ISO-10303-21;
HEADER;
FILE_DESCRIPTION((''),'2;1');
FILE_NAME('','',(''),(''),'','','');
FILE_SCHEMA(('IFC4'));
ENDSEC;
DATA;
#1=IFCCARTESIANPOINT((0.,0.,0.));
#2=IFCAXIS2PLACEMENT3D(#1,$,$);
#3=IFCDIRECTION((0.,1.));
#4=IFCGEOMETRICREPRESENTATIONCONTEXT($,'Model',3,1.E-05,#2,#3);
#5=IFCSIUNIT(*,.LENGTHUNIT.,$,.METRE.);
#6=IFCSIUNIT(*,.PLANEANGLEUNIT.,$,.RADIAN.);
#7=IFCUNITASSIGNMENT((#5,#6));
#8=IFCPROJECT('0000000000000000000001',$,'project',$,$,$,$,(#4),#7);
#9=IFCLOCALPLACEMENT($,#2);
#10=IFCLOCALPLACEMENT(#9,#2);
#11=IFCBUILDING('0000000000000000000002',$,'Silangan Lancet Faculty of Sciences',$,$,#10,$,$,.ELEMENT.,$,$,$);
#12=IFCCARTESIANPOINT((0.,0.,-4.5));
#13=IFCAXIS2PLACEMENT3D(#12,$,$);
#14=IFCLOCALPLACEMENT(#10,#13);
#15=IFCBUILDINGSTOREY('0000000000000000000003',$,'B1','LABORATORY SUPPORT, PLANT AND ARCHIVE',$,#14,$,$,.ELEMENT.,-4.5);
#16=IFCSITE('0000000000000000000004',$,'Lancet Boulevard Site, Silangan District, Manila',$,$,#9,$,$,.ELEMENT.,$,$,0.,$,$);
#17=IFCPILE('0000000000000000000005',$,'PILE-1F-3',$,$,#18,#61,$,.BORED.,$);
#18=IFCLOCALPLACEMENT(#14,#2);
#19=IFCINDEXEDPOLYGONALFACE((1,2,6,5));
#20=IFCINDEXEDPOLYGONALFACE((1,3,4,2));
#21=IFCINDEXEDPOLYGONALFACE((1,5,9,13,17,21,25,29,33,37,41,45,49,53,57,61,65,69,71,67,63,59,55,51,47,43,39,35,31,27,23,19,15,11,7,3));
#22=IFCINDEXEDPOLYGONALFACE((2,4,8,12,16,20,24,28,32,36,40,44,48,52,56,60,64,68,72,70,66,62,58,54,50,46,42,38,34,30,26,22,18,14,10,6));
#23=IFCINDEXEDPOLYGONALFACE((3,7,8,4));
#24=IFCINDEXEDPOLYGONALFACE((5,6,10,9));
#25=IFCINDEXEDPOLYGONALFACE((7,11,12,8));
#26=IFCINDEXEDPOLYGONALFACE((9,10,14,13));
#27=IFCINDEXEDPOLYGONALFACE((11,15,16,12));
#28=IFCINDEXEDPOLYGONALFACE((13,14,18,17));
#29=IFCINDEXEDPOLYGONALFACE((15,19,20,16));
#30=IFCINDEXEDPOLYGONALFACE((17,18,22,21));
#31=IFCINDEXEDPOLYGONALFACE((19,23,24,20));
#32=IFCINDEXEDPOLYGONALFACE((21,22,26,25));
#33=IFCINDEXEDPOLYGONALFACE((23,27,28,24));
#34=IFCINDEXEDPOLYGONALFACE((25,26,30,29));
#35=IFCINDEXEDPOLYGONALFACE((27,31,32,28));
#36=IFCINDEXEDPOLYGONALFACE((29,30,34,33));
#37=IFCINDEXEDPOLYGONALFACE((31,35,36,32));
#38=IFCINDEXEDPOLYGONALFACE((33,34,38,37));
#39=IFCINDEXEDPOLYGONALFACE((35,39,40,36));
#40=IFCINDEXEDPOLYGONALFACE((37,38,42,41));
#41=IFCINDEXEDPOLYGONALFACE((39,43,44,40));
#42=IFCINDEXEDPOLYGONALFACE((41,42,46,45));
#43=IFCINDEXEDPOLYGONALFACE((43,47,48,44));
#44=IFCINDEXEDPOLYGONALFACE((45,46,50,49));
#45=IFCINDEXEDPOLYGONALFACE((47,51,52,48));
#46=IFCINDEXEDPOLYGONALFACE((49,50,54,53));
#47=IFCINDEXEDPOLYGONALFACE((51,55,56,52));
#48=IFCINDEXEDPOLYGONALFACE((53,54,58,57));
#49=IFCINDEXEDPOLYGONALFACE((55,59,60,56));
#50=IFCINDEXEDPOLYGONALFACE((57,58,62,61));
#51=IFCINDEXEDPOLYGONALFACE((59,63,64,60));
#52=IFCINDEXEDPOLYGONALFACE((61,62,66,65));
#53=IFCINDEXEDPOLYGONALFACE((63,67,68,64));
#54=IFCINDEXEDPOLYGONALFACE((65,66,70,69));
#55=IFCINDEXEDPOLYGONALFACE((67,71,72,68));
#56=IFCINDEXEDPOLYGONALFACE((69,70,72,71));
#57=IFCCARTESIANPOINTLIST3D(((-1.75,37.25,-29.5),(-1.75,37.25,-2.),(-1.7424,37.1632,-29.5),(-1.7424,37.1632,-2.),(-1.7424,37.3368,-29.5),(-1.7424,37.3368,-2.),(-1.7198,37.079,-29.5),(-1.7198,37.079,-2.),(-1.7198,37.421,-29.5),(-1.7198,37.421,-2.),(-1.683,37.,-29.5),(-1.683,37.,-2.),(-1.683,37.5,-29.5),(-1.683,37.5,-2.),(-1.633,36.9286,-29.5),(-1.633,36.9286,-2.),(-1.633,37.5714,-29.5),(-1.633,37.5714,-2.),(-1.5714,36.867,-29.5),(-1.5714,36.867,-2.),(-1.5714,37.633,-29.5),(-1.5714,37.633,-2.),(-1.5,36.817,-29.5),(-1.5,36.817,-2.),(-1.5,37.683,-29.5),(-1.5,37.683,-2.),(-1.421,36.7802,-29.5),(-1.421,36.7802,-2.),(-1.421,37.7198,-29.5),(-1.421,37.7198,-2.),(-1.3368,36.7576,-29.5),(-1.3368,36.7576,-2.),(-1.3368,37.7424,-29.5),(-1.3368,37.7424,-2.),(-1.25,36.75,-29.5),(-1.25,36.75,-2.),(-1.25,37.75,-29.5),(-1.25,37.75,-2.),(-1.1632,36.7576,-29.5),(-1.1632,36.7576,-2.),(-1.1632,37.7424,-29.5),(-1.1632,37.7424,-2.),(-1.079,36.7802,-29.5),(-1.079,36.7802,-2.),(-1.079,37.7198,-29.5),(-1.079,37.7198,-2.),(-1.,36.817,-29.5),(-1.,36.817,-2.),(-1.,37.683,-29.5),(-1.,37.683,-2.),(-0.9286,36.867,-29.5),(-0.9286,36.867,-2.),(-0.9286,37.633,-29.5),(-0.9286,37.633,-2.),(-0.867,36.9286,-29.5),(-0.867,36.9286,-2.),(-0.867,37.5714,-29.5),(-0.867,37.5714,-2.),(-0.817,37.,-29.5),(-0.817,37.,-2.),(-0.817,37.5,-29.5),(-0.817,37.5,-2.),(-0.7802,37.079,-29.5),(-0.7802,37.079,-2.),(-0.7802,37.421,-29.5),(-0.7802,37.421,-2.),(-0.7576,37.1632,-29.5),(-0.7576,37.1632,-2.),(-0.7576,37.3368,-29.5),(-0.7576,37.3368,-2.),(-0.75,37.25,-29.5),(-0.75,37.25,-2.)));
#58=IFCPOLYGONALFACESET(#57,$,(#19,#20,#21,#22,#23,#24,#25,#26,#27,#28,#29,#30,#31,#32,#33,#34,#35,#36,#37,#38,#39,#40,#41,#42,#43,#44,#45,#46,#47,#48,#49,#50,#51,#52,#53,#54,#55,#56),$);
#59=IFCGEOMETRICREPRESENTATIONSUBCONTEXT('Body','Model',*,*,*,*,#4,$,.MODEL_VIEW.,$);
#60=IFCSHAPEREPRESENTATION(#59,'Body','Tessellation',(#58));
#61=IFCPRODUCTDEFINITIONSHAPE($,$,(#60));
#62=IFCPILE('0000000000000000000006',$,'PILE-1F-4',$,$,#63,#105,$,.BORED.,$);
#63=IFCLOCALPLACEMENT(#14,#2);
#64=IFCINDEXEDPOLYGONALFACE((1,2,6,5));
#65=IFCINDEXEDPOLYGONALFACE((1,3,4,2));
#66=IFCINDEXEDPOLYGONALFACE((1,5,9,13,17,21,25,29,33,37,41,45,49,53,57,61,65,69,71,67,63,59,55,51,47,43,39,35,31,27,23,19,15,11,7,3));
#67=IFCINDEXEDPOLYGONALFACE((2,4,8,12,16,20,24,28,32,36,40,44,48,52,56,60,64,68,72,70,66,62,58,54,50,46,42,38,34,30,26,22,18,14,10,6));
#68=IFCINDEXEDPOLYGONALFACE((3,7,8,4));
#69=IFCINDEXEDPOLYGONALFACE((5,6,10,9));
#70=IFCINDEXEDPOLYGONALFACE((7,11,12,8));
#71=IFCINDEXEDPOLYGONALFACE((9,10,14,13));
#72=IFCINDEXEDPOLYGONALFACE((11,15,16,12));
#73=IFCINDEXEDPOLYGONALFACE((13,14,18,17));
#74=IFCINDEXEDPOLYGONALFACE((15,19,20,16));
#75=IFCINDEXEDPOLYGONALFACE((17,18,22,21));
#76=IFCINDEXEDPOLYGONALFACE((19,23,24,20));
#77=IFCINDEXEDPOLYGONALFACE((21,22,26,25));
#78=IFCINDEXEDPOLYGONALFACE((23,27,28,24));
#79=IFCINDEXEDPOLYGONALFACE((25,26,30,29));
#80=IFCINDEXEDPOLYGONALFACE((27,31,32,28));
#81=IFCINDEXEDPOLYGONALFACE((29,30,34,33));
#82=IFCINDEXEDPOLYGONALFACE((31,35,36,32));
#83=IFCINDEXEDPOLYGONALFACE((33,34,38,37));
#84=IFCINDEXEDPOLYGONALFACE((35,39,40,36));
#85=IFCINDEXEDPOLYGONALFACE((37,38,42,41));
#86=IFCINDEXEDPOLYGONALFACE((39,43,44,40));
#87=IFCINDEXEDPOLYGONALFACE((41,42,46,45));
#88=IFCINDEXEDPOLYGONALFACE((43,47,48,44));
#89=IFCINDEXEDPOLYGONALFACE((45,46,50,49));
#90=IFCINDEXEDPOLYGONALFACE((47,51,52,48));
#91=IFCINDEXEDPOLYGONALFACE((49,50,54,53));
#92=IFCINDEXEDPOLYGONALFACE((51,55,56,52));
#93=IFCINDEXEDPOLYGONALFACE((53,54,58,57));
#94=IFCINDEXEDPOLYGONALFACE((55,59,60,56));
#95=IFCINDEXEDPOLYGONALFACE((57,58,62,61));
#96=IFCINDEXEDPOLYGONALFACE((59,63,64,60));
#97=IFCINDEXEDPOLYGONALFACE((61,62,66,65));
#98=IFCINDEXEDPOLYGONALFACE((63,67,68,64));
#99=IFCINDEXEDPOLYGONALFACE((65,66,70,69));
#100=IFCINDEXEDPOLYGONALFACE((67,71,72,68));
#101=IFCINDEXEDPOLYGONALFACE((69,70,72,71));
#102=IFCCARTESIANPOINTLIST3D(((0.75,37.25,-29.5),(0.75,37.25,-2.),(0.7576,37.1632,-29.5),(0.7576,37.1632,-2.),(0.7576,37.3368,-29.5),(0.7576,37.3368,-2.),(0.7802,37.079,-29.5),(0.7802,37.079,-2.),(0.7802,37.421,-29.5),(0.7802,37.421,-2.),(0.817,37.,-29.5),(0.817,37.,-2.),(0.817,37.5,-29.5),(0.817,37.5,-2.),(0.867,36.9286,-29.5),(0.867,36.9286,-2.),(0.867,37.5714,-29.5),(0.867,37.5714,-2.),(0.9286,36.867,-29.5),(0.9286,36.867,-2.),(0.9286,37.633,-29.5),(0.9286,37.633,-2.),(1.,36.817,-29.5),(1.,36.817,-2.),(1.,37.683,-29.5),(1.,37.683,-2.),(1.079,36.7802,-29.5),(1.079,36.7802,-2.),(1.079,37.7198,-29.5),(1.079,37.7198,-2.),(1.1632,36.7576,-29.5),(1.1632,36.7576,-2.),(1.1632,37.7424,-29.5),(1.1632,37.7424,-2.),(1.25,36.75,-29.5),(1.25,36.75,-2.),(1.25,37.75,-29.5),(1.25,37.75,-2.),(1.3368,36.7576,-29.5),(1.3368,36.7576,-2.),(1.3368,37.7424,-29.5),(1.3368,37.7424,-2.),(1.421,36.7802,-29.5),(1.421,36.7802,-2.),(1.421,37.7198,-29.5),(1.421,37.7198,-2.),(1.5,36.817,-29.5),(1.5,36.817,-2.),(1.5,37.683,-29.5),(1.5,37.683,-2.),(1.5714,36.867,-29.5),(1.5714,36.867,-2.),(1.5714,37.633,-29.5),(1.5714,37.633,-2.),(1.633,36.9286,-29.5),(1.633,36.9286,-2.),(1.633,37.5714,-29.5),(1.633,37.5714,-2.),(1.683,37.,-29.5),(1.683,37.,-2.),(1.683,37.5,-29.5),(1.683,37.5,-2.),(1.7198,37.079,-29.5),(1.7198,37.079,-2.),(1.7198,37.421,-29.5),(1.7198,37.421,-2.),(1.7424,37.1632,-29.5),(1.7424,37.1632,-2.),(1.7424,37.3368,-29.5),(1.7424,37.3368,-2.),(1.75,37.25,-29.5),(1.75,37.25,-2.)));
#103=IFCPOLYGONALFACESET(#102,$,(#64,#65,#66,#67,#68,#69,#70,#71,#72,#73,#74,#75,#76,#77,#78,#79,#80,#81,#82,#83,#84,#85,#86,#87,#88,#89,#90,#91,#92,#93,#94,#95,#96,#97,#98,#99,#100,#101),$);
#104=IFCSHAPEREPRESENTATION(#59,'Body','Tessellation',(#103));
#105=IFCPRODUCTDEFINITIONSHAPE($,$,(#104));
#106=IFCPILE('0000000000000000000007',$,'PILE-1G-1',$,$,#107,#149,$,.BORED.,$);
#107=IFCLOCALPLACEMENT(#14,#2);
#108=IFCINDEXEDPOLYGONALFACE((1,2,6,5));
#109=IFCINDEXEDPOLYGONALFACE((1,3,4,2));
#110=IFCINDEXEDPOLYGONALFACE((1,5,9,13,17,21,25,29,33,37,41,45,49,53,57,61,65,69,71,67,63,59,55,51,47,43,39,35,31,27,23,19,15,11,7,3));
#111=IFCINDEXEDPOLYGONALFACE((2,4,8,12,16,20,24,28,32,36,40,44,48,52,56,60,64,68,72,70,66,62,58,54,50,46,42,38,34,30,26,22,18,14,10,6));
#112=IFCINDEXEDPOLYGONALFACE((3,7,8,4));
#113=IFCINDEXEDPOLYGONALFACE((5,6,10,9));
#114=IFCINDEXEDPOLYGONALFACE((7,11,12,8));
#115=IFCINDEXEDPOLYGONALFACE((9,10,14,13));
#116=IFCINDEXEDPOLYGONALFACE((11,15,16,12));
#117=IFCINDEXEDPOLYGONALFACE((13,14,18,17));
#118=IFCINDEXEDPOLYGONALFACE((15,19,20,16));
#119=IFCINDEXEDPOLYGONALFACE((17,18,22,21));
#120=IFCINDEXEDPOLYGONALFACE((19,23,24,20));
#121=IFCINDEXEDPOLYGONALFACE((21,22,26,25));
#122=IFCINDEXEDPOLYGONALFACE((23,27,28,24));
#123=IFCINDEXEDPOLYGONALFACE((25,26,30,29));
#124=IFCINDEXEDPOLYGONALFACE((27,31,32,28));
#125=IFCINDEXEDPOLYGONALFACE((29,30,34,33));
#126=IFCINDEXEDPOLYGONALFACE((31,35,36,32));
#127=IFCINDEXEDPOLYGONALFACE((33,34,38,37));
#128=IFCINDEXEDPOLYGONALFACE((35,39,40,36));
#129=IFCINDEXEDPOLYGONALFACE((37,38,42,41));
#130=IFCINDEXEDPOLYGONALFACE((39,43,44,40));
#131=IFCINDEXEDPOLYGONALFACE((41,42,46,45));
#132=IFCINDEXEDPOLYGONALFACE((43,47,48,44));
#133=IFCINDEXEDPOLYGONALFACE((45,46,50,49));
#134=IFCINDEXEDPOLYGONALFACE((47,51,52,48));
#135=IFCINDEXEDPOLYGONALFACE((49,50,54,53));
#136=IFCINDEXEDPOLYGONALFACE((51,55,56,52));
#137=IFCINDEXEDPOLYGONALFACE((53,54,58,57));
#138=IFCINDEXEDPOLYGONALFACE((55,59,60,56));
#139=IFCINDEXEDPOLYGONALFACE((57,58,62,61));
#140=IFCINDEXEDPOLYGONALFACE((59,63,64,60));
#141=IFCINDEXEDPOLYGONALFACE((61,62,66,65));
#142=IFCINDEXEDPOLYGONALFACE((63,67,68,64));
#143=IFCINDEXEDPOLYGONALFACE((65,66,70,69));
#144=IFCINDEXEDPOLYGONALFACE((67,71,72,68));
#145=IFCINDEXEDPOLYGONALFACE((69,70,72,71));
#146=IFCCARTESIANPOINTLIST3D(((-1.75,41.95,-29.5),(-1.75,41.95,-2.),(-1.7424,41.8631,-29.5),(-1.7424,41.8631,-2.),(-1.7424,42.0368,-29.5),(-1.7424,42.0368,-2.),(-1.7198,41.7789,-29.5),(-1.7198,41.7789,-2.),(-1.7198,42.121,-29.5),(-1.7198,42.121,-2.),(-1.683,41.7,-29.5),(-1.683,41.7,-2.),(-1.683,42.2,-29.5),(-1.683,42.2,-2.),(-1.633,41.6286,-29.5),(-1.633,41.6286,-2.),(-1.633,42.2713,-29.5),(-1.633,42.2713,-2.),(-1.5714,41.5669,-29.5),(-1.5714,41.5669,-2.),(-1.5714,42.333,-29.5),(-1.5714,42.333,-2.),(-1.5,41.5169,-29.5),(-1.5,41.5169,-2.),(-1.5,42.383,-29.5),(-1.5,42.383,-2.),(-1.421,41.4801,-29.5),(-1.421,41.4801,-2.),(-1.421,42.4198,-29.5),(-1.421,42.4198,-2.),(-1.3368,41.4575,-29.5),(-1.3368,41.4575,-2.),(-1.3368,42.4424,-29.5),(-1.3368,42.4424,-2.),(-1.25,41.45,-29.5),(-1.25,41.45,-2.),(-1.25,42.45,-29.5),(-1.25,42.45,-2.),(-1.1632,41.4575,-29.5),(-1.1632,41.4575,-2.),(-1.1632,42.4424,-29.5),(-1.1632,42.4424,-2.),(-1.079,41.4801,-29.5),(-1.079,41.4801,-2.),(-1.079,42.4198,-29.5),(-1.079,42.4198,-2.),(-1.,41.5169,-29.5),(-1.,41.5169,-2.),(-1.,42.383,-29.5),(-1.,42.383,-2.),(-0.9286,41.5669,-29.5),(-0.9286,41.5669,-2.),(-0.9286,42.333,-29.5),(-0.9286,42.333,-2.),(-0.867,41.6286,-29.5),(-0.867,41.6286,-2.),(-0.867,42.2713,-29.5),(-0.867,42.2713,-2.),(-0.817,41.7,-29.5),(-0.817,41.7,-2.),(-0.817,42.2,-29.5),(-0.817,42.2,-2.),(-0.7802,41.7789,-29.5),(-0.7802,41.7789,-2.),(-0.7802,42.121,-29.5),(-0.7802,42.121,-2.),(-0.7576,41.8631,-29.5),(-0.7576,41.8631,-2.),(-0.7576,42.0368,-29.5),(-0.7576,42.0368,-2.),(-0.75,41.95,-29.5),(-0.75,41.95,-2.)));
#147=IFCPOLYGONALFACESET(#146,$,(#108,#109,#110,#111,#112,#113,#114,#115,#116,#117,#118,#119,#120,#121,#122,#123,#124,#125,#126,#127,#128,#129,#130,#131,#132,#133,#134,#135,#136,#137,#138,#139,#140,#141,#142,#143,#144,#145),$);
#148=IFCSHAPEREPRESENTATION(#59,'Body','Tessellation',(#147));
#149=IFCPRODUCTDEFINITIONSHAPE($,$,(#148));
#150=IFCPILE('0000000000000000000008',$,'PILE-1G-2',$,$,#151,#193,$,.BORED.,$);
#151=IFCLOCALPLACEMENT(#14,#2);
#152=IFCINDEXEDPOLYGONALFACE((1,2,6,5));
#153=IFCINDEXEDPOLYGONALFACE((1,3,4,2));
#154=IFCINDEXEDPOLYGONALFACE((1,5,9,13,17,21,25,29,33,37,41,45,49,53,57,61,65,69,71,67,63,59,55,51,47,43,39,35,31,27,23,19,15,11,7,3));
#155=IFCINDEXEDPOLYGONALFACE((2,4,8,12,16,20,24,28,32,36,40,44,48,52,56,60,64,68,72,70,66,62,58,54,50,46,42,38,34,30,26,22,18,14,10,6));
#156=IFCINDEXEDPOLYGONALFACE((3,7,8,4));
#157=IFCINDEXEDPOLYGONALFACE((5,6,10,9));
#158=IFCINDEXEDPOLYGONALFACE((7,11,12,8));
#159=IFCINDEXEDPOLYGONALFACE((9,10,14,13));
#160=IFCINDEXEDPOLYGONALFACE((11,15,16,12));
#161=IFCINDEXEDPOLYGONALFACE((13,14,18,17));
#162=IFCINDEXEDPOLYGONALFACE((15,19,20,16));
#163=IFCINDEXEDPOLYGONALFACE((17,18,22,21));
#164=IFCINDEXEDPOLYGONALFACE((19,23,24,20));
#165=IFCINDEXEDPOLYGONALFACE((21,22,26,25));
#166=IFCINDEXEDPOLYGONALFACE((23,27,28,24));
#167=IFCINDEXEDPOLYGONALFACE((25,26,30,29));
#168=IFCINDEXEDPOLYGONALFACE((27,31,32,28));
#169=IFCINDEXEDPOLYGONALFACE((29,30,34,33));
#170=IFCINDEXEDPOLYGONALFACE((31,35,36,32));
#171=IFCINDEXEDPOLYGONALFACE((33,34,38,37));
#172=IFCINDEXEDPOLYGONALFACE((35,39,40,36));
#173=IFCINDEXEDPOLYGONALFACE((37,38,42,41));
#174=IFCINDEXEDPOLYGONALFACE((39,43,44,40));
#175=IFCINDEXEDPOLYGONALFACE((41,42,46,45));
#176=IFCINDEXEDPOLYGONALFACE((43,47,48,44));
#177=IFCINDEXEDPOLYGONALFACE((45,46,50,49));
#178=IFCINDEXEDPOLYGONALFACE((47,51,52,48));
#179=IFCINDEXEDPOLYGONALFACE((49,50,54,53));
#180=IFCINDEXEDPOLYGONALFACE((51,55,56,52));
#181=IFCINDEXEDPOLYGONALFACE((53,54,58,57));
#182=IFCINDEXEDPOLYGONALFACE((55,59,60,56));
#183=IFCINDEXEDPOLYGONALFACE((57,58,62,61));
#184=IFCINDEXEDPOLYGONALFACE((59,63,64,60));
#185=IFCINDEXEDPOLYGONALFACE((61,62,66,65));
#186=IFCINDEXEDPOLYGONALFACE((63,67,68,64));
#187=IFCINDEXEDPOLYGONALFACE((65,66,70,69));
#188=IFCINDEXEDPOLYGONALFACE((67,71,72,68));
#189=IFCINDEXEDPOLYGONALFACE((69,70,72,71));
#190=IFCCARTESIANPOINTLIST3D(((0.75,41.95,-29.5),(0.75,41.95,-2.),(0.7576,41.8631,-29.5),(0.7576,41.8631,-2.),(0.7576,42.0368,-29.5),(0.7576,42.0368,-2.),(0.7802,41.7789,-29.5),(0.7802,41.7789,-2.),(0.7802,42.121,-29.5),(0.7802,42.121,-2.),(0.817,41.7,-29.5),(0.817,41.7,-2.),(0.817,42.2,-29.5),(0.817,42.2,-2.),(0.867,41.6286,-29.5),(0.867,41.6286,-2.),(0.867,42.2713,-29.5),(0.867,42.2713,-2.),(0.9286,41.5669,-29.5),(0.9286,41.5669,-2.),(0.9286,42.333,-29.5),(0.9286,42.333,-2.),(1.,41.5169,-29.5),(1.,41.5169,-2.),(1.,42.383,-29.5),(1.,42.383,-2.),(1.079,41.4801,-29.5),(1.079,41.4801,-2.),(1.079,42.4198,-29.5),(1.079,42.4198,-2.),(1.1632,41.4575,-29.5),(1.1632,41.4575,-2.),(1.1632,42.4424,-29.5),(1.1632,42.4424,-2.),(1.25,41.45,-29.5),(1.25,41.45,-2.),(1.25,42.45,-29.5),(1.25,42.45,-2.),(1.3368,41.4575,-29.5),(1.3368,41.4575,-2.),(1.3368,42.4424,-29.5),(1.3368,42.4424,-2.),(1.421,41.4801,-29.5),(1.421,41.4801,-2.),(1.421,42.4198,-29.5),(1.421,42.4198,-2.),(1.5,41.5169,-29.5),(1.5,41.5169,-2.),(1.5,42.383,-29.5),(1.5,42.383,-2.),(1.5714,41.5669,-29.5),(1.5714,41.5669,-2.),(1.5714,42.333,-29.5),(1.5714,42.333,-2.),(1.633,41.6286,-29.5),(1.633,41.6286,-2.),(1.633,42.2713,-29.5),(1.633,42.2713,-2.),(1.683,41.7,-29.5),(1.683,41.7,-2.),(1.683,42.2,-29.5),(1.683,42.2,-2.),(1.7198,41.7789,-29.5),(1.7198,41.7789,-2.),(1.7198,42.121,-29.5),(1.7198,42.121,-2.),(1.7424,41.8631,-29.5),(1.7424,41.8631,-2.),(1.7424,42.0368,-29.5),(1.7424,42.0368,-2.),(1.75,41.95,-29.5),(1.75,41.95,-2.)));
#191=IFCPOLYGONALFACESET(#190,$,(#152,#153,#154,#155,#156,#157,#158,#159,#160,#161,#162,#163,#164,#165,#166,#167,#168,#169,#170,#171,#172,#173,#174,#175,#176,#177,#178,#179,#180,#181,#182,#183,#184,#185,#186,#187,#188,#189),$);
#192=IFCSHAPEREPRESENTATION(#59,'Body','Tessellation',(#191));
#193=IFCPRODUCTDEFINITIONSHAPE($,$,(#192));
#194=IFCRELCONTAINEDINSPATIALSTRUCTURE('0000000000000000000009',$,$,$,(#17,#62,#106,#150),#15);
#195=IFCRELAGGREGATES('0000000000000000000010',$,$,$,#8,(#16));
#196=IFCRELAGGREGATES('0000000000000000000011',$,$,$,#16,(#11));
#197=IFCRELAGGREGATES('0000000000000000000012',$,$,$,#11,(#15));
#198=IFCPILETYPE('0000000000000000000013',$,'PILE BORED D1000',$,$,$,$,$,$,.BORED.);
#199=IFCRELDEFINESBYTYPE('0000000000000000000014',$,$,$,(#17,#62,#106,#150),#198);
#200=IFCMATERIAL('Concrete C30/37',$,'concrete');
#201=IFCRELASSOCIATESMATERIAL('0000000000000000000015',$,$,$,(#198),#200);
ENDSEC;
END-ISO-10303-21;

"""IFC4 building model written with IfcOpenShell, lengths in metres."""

from ifc_helpers import new_model, si_unit, direction, frame, origin, origin_2d, place, context, subcontext, project, spatial, circle, extrude, material, material_profile, profile_set, type_object, element, save


model = new_model("IFC4")

# Units and contexts
model_context = context("Model", 3, precision=1e-05, world=origin(), true_north=direction((0.0, 1.0)))
body_context = subcontext(model_context, "Body", "Model", "MODEL_VIEW")
ifc_project = project(units=[si_unit("LENGTHUNIT", "METRE"), si_unit("PLANEANGLEUNIT", "RADIAN")], contexts=[model_context])

# Site, building, storey
site_placement = place(None, origin())
site = spatial("IfcSite", under=ifc_project, at=site_placement, Name="Lancet Boulevard Site, Silangan District, Manila", CompositionType="ELEMENT", RefElevation=0.0)
building_placement = place(site_placement, origin())
building = spatial("IfcBuilding", under=site, at=building_placement, Name="Silangan Lancet Faculty of Sciences", CompositionType="ELEMENT")
storey_placement = place(building_placement, frame((0.0, 0.0, -4.5)))
storey = spatial("IfcBuildingStorey", under=building, at=storey_placement, Name="B1", Description="LABORATORY SUPPORT, PLANT AND ARCHIVE", CompositionType="ELEMENT", Elevation=-4.5)

# Piles
ifc_material_1 = material(Name="Concrete C30/37", Category="concrete")
ifc_material_profile_1 = material_profile(ifc_material_1, circle(Radius=0.5, at=origin_2d()), Name="BORED PILE D1000")
ifc_profile_set_1 = profile_set([ifc_material_profile_1], Name="Concrete C30/37")
pile_type = type_object("IfcPileType", Name="PILE BORED D1000", PredefinedType="BORED", material=ifc_profile_set_1)
for number, where, z_axis, x_axis, name in (
    (1, (-1.25, 37.25, -2.0), (0.0, 0.0, -1.0), (1.0, 0.0, 0.0), "PILE-1F-3"),
    (2, (1.25, 37.25, -2.0), (0.0, 0.0, -1.0), (1.0, 0.0, 0.0), "PILE-1F-4"),
    (3, (-1.25, 41.95, -2.0), (0.0, 0.0, -1.0), (1.0, 0.0, 0.0), "PILE-1G-1"),
    (4, (1.25, 41.95, -2.0), (0.0, 0.0, -1.0), (1.0, 0.0, 0.0), "PILE-1G-2"),
):
    element("IfcPile", number, at=place(storey_placement, frame(where, z_axis=z_axis, x_axis=x_axis)), inside=storey, type_object=pile_type, Name=name, PredefinedType="BORED", context=body_context, shape_type="SweptSolid", body=[
        extrude(circle(Radius=0.5, at=origin_2d()), origin(), (0.0, 0.0, 1.0), 27.5),
    ])

save(model, "model.ifc")
